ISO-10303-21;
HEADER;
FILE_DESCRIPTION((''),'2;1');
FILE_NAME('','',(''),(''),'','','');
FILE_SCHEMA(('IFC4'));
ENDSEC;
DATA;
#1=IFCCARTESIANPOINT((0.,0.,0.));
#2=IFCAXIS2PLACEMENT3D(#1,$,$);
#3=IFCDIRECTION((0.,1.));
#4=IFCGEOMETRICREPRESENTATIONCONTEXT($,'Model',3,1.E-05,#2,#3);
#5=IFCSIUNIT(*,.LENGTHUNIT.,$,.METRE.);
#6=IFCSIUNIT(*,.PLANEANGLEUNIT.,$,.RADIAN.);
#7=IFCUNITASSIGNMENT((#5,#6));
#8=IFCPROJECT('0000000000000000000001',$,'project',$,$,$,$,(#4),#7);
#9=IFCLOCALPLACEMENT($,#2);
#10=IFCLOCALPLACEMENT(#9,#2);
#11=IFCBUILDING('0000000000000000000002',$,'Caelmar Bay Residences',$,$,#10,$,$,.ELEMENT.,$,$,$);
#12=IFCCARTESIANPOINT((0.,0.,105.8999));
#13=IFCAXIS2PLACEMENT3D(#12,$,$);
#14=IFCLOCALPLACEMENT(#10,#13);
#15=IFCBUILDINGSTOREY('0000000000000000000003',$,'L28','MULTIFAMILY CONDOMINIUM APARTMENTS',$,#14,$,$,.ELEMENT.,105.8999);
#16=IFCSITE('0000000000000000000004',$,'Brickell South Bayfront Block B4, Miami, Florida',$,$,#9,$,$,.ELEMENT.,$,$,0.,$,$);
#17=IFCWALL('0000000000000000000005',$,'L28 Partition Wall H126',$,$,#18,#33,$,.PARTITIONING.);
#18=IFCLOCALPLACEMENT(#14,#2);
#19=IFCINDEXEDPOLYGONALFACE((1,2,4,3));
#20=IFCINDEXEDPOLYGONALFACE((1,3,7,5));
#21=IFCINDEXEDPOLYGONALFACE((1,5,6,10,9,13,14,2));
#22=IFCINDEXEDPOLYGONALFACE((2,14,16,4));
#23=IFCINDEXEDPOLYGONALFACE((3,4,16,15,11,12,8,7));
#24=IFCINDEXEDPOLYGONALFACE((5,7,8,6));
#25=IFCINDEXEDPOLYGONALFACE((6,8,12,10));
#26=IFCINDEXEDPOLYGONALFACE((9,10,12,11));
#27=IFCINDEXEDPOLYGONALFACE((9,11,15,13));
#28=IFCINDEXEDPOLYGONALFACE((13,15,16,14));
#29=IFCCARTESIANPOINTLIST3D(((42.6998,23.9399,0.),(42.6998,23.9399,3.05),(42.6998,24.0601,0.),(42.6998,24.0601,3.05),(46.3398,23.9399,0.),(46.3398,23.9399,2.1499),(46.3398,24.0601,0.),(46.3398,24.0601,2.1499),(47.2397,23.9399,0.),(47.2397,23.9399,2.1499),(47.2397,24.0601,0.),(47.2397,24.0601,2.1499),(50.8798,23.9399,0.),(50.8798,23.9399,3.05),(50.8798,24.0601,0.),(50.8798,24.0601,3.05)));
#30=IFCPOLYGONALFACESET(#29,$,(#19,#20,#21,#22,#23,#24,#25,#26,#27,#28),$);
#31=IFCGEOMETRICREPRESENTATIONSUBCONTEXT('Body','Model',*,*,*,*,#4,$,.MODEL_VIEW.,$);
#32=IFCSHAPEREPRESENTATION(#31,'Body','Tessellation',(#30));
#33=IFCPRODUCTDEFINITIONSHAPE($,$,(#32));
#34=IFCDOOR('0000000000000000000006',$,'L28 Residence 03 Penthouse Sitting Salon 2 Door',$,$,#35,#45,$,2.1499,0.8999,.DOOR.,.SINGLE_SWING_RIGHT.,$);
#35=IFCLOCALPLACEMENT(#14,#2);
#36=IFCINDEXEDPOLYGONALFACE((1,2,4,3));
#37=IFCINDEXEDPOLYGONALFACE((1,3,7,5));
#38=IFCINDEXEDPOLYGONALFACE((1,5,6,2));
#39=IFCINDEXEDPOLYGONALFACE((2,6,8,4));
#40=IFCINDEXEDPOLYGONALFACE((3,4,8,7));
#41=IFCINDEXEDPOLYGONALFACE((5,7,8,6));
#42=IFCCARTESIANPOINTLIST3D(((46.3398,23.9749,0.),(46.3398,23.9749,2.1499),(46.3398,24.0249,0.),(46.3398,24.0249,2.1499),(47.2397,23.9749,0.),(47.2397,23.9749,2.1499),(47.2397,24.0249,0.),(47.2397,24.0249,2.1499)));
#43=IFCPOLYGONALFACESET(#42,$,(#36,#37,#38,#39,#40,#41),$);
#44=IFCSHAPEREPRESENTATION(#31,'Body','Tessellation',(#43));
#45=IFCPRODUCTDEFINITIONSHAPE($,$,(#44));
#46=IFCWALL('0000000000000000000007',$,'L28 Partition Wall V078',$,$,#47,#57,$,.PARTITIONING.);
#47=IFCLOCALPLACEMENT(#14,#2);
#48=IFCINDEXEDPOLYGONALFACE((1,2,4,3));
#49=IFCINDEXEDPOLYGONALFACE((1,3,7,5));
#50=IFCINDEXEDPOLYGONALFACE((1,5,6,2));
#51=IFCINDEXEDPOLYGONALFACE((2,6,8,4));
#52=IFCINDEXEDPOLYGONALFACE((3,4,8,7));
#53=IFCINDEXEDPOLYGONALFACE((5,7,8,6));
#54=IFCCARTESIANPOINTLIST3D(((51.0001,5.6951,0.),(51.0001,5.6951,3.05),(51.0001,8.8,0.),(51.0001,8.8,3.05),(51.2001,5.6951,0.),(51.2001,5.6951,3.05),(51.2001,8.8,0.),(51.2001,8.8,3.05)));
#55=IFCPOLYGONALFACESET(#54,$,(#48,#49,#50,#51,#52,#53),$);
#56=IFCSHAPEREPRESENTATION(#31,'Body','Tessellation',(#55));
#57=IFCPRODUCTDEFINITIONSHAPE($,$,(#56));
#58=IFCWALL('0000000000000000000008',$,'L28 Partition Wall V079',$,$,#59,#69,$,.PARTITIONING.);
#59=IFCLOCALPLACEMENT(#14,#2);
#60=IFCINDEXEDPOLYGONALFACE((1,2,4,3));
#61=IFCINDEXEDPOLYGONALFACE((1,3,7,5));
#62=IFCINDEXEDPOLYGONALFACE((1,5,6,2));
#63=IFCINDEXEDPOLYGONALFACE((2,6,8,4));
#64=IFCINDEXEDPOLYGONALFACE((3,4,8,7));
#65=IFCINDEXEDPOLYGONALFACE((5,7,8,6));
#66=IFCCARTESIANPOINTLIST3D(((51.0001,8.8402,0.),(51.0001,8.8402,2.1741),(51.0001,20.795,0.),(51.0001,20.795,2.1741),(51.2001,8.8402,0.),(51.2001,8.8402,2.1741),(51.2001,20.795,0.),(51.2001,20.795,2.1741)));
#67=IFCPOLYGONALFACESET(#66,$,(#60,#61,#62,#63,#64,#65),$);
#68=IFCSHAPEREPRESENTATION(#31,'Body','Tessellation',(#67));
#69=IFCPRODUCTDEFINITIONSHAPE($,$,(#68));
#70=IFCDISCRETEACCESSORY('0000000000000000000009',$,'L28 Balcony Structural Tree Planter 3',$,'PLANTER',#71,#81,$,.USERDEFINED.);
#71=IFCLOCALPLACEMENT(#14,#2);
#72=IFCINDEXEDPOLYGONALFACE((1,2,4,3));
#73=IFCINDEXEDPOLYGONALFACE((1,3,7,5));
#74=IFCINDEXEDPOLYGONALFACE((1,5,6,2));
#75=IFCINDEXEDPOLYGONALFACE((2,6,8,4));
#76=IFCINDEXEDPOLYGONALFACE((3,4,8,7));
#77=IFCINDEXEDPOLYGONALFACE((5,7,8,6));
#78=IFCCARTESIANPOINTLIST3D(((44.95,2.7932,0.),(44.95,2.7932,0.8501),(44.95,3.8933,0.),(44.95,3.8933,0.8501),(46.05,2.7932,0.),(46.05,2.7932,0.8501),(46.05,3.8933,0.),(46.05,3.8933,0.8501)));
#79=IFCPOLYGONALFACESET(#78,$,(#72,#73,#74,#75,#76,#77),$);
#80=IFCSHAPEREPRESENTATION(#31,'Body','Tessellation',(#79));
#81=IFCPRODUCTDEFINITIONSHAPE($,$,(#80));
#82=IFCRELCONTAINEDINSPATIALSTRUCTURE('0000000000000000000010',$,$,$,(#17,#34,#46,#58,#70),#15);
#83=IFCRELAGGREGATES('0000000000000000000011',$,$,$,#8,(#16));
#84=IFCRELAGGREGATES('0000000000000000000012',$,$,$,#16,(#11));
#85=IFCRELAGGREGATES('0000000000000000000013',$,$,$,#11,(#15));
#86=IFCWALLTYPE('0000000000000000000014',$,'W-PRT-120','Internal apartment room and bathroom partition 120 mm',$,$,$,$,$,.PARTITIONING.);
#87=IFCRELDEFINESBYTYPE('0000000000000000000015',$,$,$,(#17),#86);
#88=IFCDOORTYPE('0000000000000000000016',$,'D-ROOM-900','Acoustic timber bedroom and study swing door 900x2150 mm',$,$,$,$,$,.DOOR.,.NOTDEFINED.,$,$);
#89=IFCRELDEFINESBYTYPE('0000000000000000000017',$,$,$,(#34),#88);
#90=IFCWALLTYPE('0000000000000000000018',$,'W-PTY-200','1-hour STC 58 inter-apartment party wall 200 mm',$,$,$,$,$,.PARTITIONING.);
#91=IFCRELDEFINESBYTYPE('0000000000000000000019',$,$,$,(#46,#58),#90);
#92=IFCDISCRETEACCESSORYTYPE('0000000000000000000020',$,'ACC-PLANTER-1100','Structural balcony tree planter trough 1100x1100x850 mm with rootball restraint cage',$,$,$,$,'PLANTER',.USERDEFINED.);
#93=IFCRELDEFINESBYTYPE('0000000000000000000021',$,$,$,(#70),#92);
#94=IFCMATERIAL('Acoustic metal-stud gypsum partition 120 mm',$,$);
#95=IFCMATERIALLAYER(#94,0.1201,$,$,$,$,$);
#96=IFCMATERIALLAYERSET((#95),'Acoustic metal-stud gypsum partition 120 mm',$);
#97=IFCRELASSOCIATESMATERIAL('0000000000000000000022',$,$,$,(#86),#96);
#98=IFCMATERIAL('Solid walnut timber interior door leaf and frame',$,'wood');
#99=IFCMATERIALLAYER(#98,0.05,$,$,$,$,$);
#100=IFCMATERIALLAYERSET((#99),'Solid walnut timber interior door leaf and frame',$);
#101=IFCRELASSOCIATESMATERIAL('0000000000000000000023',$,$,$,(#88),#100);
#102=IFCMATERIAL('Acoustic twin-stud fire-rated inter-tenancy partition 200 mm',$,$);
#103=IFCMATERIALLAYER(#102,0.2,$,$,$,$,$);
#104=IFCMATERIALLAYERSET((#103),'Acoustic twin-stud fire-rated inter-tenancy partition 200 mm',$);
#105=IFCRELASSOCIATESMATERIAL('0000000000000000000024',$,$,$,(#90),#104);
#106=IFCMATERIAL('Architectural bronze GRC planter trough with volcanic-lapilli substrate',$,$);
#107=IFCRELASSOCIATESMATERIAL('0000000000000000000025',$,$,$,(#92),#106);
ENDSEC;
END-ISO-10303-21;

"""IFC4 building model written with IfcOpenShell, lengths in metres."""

from ifc_helpers import new_model, si_unit, direction, frame, frame_2d, origin, origin_2d, place, context, subcontext, project, spatial, rectangle, extrude, material, layer, layer_set, type_object, element, fill, save


model = new_model("IFC4")

# Units and contexts
model_context = context("Model", 3, precision=1e-05, world=origin(), true_north=direction((0.0, 1.0)))
body_context = subcontext(model_context, "Body", "Model", "MODEL_VIEW")
ifc_project = project(units=[si_unit("LENGTHUNIT", "METRE"), si_unit("PLANEANGLEUNIT", "RADIAN")], contexts=[model_context])

# Site, building, storey
site_placement = place(None, origin())
site = spatial("IfcSite", under=ifc_project, at=site_placement, Name="Brickell South Bayfront Block B4, Miami, Florida", CompositionType="ELEMENT", RefElevation=0.0)
building_placement = place(site_placement, origin())
building = spatial("IfcBuilding", under=site, at=building_placement, Name="Caelmar Bay Residences", CompositionType="ELEMENT")
storey_placement = place(building_placement, frame((0.0, 0.0, 105.8999)))
storey = spatial("IfcBuildingStorey", under=building, at=storey_placement, Name="L28", Description="MULTIFAMILY CONDOMINIUM APARTMENTS", CompositionType="ELEMENT", Elevation=105.8999)

# Shared definitions
ifc_material_1 = material(Name="Acoustic metal-stud gypsum partition 120 mm")
ifc_layer_1 = layer(ifc_material_1, 0.1201)
ifc_layer_set_1 = layer_set([ifc_layer_1], Name="Acoustic metal-stud gypsum partition 120 mm")
wall_type_1 = type_object("IfcWallType", Name="W-PRT-120", Description="Internal apartment room and bathroom partition 120 mm", PredefinedType="PARTITIONING", material=ifc_layer_set_1)

# Shared definitions
ifc_material_2 = material(Name="Solid walnut timber interior door leaf and frame", Category="wood")
ifc_layer_2 = layer(ifc_material_2, 0.05)
ifc_layer_set_2 = layer_set([ifc_layer_2], Name="Solid walnut timber interior door leaf and frame")
door_type = type_object("IfcDoorType", Name="D-ROOM-900", Description="Acoustic timber bedroom and study swing door 900x2150 mm", OperationType="NOTDEFINED", PredefinedType="DOOR", material=ifc_layer_set_2)

# Wall, opening, door
wall_1_placement = place(storey_placement, frame((42.7, 24.0, 0.0), z_axis=(0.0, 0.0, 1.0), x_axis=(1.0, 0.0, 0.0)))
wall_1 = element("IfcWall", 1, at=wall_1_placement, inside=storey, type_object=wall_type_1, Name="L28 Partition Wall H126", PredefinedType="PARTITIONING", context=body_context, shape_type="SweptSolid", body=[
    extrude(rectangle(XDim=8.1799, YDim=0.1201, at=frame_2d((4.0898, 0.0))), origin(), (0.0, 0.0, 1.0), 3.05),
])
opening_1_placement = place(wall_1_placement, frame((3.6399, 0.0, 0.0)))
opening_1 = element("IfcOpeningElement", 2, at=opening_1_placement, cuts=wall_1, PredefinedType="OPENING", context=body_context, shape_type="SweptSolid", body=[
    extrude(rectangle(XDim=0.8999, YDim=2.1499, at=frame_2d((0.45, 1.075))), frame((0.0, 0.0701, 0.0), z_axis=(0.0, -1.0, 0.0), x_axis=(1.0, 0.0, 0.0)), (0.0, 0.0, 1.0), 0.1401),
])
door_1_placement = place(opening_1_placement, origin())
door_1 = element("IfcDoor", 3, at=door_1_placement, inside=storey, type_object=door_type, Name="L28 Residence 03 Penthouse Sitting Salon 2 Door", OperationType="SINGLE_SWING_RIGHT", OverallHeight=2.1499, OverallWidth=0.8999, PredefinedType="DOOR", context=body_context, shape_type="SweptSolid", body=[
    extrude(rectangle(XDim=0.8999, YDim=2.1499, at=frame_2d((0.45, 1.075))), frame((0.0, 0.0249, 0.0), z_axis=(0.0, -1.0, 0.0), x_axis=(1.0, 0.0, 0.0)), (0.0, 0.0, 1.0), 0.05),
])
fill(opening_1, door_1)

# Walls
ifc_material_3 = material(Name="Acoustic twin-stud fire-rated inter-tenancy partition 200 mm")
ifc_layer_3 = layer(ifc_material_3, 0.2)
ifc_layer_set_3 = layer_set([ifc_layer_3], Name="Acoustic twin-stud fire-rated inter-tenancy partition 200 mm")
wall_type_2 = type_object("IfcWallType", Name="W-PTY-200", Description="1-hour STC 58 inter-apartment party wall 200 mm", PredefinedType="PARTITIONING", material=ifc_layer_set_3)
wall_2_placement = place(storey_placement, frame((51.1001, 5.6951, 0.0), z_axis=(0.0, 0.0, 1.0), x_axis=(0.0, 1.0, 0.0)))
element("IfcWall", 4, at=wall_2_placement, inside=storey, type_object=wall_type_2, Name="L28 Partition Wall V078", PredefinedType="PARTITIONING", context=body_context, shape_type="SweptSolid", body=[
    extrude(rectangle(XDim=3.105, YDim=0.2, at=frame_2d((1.5525, 0.0))), origin(), (0.0, 0.0, 1.0), 3.05),
])
wall_3_placement = place(storey_placement, frame((51.1001, 8.8401, 0.0), z_axis=(0.0, 0.0, 1.0), x_axis=(0.0, 1.0, 0.0)))
element("IfcWall", 5, at=wall_3_placement, inside=storey, type_object=wall_type_2, Name="L28 Partition Wall V079", PredefinedType="PARTITIONING", context=body_context, shape_type="SweptSolid", body=[
    extrude(rectangle(XDim=11.9548, YDim=0.2, at=frame_2d((5.9775, 0.0))), origin(), (0.0, 0.0, 1.0), 2.1741),
])

# Discrete accessory
ifc_material_4 = material(Name="Architectural bronze GRC planter trough with volcanic-lapilli substrate")
discrete_accessory_type = type_object("IfcDiscreteAccessoryType", Name="ACC-PLANTER-1100", Description="Structural balcony tree planter trough 1100x1100x850 mm with rootball restraint cage", ElementType="PLANTER", PredefinedType="USERDEFINED", material=ifc_material_4)
discrete_accessory_placement = place(storey_placement, frame((45.5, 3.3433, 0.0), z_axis=(0.0, 0.0, 1.0), x_axis=(1.0, 0.0, 0.0)))
element("IfcDiscreteAccessory", 6, at=discrete_accessory_placement, inside=storey, type_object=discrete_accessory_type, Name="L28 Balcony Structural Tree Planter 3", ObjectType="PLANTER", PredefinedType="USERDEFINED", context=body_context, shape_type="SweptSolid", body=[
    extrude(rectangle(XDim=1.1001, YDim=1.1001, at=origin_2d()), origin(), (0.0, 0.0, 1.0), 0.8501),
])

save(model, "model.ifc")
